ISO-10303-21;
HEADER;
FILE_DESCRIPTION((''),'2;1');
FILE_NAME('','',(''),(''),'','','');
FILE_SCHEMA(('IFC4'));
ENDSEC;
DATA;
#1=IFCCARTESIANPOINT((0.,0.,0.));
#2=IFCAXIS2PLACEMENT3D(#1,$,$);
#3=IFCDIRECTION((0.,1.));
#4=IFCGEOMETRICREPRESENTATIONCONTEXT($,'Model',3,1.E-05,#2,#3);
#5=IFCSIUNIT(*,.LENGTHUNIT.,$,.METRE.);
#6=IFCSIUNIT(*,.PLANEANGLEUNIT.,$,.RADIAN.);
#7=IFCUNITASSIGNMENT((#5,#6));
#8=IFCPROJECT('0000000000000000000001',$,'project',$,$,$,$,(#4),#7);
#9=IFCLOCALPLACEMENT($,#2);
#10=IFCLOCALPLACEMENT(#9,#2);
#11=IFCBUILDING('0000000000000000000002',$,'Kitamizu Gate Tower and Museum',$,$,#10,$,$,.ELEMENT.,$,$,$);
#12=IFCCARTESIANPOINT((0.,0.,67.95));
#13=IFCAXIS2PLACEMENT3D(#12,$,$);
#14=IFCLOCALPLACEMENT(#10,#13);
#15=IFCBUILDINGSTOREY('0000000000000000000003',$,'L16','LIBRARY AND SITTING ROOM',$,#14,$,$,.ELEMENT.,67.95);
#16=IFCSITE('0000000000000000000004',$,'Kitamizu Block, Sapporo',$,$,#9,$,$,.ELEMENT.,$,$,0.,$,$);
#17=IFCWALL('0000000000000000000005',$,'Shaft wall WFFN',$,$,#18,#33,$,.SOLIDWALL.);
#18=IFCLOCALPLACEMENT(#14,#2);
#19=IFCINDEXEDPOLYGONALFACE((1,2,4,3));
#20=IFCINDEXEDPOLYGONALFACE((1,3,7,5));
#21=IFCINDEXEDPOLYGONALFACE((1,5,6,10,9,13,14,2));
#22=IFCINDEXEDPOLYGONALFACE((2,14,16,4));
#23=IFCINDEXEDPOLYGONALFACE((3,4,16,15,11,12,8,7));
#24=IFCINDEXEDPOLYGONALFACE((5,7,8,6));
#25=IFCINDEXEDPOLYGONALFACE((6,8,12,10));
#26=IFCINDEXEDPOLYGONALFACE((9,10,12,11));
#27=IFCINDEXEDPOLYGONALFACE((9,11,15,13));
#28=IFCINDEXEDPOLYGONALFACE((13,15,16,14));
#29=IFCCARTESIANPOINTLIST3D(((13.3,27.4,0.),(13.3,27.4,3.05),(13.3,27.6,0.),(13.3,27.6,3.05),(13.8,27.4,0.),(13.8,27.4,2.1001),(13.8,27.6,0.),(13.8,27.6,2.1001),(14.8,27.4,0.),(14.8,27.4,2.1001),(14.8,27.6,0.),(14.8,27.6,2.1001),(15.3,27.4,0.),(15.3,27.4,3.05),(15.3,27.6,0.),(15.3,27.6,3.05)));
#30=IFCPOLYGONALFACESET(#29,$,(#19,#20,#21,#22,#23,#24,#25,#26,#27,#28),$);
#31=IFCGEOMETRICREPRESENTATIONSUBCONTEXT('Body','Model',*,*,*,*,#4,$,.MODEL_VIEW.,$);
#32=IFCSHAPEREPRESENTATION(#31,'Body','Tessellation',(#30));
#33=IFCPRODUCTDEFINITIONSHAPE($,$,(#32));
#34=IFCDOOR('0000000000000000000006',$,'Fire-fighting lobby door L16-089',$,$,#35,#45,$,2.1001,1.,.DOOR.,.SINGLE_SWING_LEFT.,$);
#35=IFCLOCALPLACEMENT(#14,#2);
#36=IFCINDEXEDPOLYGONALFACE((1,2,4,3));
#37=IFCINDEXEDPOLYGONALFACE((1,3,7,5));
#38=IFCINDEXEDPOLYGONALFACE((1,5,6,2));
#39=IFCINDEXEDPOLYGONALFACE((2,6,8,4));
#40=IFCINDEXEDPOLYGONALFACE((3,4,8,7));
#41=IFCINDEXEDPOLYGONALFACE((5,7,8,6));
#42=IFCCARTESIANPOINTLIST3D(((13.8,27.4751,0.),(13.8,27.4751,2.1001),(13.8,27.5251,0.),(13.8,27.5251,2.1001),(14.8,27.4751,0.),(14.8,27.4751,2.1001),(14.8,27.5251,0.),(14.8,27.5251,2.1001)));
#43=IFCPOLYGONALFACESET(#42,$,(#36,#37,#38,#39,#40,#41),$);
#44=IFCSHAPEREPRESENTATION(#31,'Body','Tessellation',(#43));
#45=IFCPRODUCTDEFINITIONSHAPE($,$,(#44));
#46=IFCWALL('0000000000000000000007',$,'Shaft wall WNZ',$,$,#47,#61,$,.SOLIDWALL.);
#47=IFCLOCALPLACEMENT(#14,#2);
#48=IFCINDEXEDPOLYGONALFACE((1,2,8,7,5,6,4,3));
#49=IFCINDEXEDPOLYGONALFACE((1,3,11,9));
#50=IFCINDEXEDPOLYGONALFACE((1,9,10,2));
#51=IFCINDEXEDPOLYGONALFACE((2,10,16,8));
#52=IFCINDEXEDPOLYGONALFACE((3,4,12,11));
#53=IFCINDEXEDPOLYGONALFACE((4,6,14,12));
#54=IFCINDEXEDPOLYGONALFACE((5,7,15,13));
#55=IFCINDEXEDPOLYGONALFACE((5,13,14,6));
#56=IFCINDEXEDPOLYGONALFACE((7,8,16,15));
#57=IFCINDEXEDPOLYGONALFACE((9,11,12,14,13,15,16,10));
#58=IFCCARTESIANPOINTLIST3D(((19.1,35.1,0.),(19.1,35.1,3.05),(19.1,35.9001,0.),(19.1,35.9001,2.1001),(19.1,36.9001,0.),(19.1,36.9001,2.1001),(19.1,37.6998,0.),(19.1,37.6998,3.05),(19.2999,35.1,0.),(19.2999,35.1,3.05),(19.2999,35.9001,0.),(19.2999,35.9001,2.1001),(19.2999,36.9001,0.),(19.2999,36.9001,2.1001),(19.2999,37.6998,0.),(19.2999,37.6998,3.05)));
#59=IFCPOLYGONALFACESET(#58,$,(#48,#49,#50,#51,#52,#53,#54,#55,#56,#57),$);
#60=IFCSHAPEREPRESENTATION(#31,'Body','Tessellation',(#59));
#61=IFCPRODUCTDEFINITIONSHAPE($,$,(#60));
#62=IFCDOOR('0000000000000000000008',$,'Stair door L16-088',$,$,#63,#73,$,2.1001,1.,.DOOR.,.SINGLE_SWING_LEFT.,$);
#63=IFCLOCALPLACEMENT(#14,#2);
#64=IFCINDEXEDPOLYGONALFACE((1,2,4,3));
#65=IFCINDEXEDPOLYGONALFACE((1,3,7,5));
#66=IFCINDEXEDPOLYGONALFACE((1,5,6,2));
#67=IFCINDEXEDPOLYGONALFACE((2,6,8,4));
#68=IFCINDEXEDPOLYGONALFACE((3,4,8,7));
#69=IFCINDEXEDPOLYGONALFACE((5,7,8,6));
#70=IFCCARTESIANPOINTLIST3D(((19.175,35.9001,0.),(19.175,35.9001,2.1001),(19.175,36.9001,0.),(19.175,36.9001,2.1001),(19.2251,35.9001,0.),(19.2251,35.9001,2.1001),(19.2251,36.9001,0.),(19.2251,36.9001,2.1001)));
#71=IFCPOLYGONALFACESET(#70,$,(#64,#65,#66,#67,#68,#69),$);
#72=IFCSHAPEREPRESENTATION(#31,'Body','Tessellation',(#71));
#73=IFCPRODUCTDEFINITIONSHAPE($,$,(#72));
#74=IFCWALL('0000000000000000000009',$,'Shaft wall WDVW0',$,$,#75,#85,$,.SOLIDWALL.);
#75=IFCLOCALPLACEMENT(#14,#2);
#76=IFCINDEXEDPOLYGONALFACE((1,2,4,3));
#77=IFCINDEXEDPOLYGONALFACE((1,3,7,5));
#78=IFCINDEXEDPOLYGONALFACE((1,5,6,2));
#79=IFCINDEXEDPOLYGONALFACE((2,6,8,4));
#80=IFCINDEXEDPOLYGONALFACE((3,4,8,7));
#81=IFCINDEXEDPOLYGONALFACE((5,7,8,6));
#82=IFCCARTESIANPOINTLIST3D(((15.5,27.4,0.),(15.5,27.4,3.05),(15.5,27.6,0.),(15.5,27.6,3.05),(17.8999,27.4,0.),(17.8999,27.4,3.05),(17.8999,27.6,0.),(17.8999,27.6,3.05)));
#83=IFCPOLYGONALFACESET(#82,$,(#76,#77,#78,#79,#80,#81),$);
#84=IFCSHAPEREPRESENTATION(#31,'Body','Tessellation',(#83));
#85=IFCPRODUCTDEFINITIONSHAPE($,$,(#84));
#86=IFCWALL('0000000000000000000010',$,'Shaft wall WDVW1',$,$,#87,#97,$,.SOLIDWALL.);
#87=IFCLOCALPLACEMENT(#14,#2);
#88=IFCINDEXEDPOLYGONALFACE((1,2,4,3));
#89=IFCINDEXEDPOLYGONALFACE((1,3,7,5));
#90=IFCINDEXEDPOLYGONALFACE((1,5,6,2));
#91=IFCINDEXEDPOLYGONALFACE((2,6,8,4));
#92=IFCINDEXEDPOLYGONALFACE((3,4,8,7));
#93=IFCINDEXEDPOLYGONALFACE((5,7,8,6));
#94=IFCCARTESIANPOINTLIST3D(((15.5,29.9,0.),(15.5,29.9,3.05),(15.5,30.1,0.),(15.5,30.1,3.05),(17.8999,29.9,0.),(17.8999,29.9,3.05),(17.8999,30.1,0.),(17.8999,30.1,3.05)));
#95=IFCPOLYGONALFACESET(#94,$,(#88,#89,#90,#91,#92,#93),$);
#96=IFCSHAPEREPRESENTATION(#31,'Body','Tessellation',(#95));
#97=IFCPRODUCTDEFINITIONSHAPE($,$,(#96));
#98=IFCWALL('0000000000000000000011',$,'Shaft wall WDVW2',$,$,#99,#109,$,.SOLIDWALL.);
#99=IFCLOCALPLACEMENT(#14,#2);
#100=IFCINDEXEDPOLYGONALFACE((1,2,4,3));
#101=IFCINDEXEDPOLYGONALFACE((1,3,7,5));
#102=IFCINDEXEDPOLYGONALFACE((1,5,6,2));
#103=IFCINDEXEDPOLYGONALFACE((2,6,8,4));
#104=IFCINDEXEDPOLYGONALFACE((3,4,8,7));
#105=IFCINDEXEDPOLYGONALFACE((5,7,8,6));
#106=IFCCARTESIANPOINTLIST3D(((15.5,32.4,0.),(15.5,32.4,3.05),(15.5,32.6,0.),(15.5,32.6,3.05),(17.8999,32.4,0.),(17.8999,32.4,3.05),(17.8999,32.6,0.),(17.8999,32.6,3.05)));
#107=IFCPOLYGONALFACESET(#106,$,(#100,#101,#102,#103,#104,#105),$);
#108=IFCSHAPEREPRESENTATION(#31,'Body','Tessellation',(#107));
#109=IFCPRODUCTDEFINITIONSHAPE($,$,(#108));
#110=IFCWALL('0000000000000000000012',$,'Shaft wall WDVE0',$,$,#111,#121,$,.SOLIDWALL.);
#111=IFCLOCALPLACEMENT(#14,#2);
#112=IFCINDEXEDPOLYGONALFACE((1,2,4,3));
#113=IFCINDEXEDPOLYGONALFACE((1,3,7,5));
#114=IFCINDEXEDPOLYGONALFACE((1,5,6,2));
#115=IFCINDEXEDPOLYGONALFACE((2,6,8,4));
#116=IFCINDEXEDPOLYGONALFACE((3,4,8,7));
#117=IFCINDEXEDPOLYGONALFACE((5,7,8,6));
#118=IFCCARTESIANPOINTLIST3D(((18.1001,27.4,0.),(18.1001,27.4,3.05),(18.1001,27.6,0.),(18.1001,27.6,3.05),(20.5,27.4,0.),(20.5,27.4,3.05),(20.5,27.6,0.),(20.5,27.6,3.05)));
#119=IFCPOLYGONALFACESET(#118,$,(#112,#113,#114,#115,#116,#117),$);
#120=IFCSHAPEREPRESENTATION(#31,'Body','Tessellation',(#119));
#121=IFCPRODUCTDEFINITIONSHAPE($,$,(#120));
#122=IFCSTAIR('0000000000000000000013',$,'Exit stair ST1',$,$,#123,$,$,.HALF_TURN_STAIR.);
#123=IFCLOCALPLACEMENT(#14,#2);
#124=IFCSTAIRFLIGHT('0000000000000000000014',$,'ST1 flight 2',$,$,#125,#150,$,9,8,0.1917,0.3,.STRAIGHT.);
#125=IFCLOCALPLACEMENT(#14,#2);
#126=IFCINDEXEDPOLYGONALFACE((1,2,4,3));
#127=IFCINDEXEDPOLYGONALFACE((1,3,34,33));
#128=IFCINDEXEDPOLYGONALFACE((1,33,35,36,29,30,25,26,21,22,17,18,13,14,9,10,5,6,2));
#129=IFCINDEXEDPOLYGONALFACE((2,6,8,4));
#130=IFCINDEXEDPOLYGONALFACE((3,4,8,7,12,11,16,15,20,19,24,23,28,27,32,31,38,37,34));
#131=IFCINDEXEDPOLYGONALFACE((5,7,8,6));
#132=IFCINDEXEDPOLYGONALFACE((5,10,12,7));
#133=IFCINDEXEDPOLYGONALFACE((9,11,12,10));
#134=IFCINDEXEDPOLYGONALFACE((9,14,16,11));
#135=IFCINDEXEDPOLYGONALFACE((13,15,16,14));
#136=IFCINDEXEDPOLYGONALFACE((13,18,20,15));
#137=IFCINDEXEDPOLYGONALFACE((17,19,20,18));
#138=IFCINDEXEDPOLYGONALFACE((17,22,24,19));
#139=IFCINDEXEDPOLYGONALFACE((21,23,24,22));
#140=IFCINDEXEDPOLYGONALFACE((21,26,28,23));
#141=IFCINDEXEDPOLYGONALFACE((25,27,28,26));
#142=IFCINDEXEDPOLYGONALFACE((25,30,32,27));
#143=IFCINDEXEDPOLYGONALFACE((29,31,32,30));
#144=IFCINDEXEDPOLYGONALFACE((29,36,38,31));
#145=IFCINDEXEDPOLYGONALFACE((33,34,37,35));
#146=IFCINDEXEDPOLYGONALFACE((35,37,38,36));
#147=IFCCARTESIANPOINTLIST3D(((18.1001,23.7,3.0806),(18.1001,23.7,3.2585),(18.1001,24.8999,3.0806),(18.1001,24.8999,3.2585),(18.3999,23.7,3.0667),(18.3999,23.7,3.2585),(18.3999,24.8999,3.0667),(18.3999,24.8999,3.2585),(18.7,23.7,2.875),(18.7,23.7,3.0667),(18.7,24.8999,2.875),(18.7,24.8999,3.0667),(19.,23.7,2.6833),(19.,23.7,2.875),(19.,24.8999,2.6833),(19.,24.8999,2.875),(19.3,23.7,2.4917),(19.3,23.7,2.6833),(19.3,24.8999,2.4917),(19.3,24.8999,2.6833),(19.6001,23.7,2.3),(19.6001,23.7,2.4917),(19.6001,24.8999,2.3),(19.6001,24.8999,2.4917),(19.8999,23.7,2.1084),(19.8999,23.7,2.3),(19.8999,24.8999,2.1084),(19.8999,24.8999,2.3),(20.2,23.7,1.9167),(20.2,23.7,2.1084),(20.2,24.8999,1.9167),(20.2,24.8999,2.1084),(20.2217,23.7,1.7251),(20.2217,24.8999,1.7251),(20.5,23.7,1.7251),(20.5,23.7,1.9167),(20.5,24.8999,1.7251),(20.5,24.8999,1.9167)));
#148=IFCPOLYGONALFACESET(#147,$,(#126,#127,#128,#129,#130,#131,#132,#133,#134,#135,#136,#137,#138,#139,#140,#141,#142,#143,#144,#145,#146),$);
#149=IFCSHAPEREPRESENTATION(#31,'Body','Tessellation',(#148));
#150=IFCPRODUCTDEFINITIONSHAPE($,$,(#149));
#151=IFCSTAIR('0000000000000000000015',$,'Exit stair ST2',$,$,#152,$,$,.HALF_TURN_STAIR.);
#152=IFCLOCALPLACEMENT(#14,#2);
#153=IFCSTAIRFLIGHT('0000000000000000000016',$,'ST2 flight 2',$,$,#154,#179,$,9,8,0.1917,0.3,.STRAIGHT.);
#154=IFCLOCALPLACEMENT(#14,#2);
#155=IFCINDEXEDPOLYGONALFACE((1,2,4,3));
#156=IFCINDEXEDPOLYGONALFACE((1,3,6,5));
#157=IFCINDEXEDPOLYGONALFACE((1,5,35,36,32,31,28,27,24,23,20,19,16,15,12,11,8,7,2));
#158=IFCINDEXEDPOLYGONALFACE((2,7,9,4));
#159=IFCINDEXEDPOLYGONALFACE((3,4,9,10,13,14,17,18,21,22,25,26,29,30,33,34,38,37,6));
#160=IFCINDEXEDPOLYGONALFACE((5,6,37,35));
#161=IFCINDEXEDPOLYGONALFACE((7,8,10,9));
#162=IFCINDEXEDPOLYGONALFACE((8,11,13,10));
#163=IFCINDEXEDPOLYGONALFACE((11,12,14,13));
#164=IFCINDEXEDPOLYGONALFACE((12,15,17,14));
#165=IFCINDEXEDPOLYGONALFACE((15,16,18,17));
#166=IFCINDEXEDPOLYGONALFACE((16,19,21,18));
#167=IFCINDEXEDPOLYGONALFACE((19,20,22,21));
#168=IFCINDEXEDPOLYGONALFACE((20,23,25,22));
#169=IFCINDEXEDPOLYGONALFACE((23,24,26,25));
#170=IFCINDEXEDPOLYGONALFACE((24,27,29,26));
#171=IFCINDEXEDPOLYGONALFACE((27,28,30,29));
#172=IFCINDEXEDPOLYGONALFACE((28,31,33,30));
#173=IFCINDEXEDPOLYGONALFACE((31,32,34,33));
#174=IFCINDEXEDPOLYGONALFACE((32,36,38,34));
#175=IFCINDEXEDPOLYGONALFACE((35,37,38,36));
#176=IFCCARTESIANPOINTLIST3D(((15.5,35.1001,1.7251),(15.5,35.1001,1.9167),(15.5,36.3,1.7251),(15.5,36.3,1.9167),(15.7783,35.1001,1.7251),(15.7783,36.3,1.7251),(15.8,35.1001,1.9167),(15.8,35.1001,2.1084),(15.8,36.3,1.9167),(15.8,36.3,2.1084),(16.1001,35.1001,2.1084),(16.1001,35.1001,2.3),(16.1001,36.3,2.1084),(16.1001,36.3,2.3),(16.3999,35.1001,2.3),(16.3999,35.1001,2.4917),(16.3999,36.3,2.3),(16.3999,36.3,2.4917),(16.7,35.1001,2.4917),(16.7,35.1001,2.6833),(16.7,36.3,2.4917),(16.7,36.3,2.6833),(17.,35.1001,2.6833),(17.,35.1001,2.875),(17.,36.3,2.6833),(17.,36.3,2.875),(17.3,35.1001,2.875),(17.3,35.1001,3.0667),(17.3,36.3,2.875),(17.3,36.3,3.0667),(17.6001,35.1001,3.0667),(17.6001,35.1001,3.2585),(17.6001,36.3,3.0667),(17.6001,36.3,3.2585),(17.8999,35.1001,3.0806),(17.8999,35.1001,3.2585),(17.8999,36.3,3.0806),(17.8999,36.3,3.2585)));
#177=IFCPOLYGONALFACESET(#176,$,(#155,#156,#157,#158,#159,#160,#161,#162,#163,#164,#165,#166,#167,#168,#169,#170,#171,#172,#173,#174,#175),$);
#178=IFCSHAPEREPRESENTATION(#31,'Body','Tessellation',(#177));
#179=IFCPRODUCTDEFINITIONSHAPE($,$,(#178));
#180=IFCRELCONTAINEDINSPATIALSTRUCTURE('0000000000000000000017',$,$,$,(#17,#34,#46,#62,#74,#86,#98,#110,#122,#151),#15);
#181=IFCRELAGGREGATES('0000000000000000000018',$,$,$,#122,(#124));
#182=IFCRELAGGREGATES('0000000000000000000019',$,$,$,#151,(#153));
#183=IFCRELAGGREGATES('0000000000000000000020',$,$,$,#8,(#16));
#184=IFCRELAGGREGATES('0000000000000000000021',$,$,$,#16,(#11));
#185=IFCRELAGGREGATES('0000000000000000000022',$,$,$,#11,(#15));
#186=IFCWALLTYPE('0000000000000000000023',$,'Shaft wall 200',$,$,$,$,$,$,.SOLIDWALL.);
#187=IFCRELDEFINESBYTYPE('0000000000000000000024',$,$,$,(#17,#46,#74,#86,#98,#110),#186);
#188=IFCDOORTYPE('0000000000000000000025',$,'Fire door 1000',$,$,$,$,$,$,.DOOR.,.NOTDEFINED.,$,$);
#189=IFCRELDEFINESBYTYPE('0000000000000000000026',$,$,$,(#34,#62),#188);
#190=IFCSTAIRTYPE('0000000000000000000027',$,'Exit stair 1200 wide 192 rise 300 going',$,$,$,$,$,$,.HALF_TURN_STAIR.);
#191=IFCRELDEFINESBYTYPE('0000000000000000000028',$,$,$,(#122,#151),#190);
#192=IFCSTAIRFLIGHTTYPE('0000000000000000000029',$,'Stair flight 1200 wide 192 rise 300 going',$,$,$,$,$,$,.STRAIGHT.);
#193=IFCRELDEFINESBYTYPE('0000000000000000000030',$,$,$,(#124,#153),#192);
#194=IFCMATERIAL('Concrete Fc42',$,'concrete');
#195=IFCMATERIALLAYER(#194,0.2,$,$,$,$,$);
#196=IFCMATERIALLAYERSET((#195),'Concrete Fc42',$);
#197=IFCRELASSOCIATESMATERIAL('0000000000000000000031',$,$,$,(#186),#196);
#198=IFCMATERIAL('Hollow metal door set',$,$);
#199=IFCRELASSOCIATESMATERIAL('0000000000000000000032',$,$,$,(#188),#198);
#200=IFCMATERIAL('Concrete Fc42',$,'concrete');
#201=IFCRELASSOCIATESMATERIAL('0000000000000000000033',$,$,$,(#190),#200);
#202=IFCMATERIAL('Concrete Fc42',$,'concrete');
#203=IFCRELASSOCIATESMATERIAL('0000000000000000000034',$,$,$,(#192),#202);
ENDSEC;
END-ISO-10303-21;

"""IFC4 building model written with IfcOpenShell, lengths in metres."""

from ifc_helpers import new_model, si_unit, direction, frame, frame_2d, origin, place, context, subcontext, project, spatial, polyline, rectangle, outline, extrude, material, layer, layer_set, type_object, element, fill, aggregate, save


model = new_model("IFC4")

# Units and contexts
model_context = context("Model", 3, precision=1e-05, world=origin(), true_north=direction((0.0, 1.0)))
body_context = subcontext(model_context, "Body", "Model", "MODEL_VIEW")
ifc_project = project(units=[si_unit("LENGTHUNIT", "METRE"), si_unit("PLANEANGLEUNIT", "RADIAN")], contexts=[model_context])

# Site, building, storey
site_placement = place(None, origin())
site = spatial("IfcSite", under=ifc_project, at=site_placement, Name="Kitamizu Block, Sapporo", CompositionType="ELEMENT", RefElevation=0.0)
building_placement = place(site_placement, origin())
building = spatial("IfcBuilding", under=site, at=building_placement, Name="Kitamizu Gate Tower and Museum", CompositionType="ELEMENT")
storey_placement = place(building_placement, frame((0.0, 0.0, 67.95)))
storey = spatial("IfcBuildingStorey", under=building, at=storey_placement, Name="L16", Description="LIBRARY AND SITTING ROOM", CompositionType="ELEMENT", Elevation=67.95)

# Shared definitions
ifc_material_1 = material(Name="Concrete Fc42", Category="concrete")
ifc_layer_1 = layer(ifc_material_1, 0.2)
ifc_layer_set_1 = layer_set([ifc_layer_1], Name="Concrete Fc42")
wall_type_1 = type_object("IfcWallType", Name="Shaft wall 200", PredefinedType="SOLIDWALL", material=ifc_layer_set_1)

# Walls, openings, doors
wall_1_placement = place(storey_placement, frame((13.3, 27.5, 0.0), z_axis=(0.0, 0.0, 1.0), x_axis=(1.0, 0.0, 0.0)))
wall_1 = element("IfcWall", 1, at=wall_1_placement, inside=storey, type_object=wall_type_1, Name="Shaft wall WFFN", PredefinedType="SOLIDWALL", context=body_context, shape_type="SweptSolid", body=[
    extrude(rectangle(XDim=2.0, YDim=0.2, at=frame_2d((1.0, 0.0))), origin(), (0.0, 0.0, 1.0), 3.05),
])
opening_1_placement = place(wall_1_placement, frame((0.5, 0.0, 0.0)))
opening_1 = element("IfcOpeningElement", 2, at=opening_1_placement, cuts=wall_1, PredefinedType="OPENING", context=body_context, shape_type="SweptSolid", body=[
    extrude(rectangle(XDim=1.0, YDim=2.1001, at=frame_2d((0.5, 1.05))), frame((0.0, 0.1099, 0.0), z_axis=(0.0, -1.0, 0.0), x_axis=(1.0, 0.0, 0.0)), (0.0, 0.0, 1.0), 0.22),
])
ifc_material_2 = material(Name="Hollow metal door set")
door_type_1 = type_object("IfcDoorType", Name="Fire door 1000", OperationType="NOTDEFINED", PredefinedType="DOOR", material=ifc_material_2)
door_1_placement = place(opening_1_placement, frame((1.0, 0.0, 0.0), x_axis=(-1.0, 0.0, 0.0)))
door_1 = element("IfcDoor", 3, at=door_1_placement, inside=storey, type_object=door_type_1, Name="Fire-fighting lobby door L16-089", OperationType="SINGLE_SWING_LEFT", OverallHeight=2.1001, OverallWidth=1.0, PredefinedType="DOOR", context=body_context, shape_type="SweptSolid", body=[
    extrude(rectangle(XDim=1.0, YDim=2.1001, at=frame_2d((0.5, 1.05))), frame((0.0, 0.0249, 0.0), z_axis=(0.0, -1.0, 0.0), x_axis=(1.0, 0.0, 0.0)), (0.0, 0.0, 1.0), 0.05),
])
fill(opening_1, door_1)
wall_2_placement = place(storey_placement, frame((19.2, 35.1001, 0.0), z_axis=(0.0, 0.0, 1.0), x_axis=(0.0, 1.0, 0.0)))
wall_2 = element("IfcWall", 4, at=wall_2_placement, inside=storey, type_object=wall_type_1, Name="Shaft wall WNZ", PredefinedType="SOLIDWALL", context=body_context, shape_type="SweptSolid", body=[
    extrude(rectangle(XDim=2.5999, YDim=0.2, at=frame_2d((1.2998, 0.0))), origin(), (0.0, 0.0, 1.0), 3.05),
])
opening_2_placement = place(wall_2_placement, frame((0.8, 0.0, 0.0)))
opening_2 = element("IfcOpeningElement", 5, at=opening_2_placement, cuts=wall_2, PredefinedType="OPENING", context=body_context, shape_type="SweptSolid", body=[
    extrude(rectangle(XDim=1.0, YDim=2.1001, at=frame_2d((0.5, 1.05))), frame((0.0, 0.1099, 0.0), z_axis=(0.0, -1.0, 0.0), x_axis=(1.0, 0.0, 0.0)), (0.0, 0.0, 1.0), 0.22),
])
door_2_placement = place(opening_2_placement, origin())
door_2 = element("IfcDoor", 6, at=door_2_placement, inside=storey, type_object=door_type_1, Name="Stair door L16-088", OperationType="SINGLE_SWING_LEFT", OverallHeight=2.1001, OverallWidth=1.0, PredefinedType="DOOR", context=body_context, shape_type="SweptSolid", body=[
    extrude(rectangle(XDim=1.0, YDim=2.1001, at=frame_2d((0.5, 1.05))), frame((0.0, 0.0249, 0.0), z_axis=(0.0, -1.0, 0.0), x_axis=(1.0, 0.0, 0.0)), (0.0, 0.0, 1.0), 0.05),
])
fill(opening_2, door_2)

# Walls
for number, where, z_axis, x_axis, name in (
    (7, (15.5, 27.5, 0.0), (0.0, 0.0, 1.0), (1.0, 0.0, 0.0), "Shaft wall WDVW0"),
    (8, (15.5, 30.0, 0.0), (0.0, 0.0, 1.0), (1.0, 0.0, 0.0), "Shaft wall WDVW1"),
    (9, (15.5, 32.5, 0.0), (0.0, 0.0, 1.0), (1.0, 0.0, 0.0), "Shaft wall WDVW2"),
    (10, (18.1001, 27.5, 0.0), (0.0, 0.0, 1.0), (1.0, 0.0, 0.0), "Shaft wall WDVE0"),
):
    element("IfcWall", number, at=place(storey_placement, frame(where, z_axis=z_axis, x_axis=x_axis)), inside=storey, type_object=wall_type_1, Name=name, PredefinedType="SOLIDWALL", context=body_context, shape_type="SweptSolid", body=[
        extrude(rectangle(XDim=2.3999, YDim=0.2, at=frame_2d((1.2, 0.0))), origin(), (0.0, 0.0, 1.0), 3.05),
    ])

# Stairs, stair flights
ifc_material_3 = material(Name="Concrete Fc42", Category="concrete")
stair_type = type_object("IfcStairType", Name="Exit stair 1200 wide 192 rise 300 going", PredefinedType="HALF_TURN_STAIR", material=ifc_material_3)
stair_1_placement = place(storey_placement, origin())
stair_1 = element("IfcStair", 11, at=stair_1_placement, inside=storey, type_object=stair_type, Name="Exit stair ST1", PredefinedType="HALF_TURN_STAIR")
ifc_material_4 = material(Name="Concrete Fc42", Category="concrete")
stair_flight_type = type_object("IfcStairFlightType", Name="Stair flight 1200 wide 192 rise 300 going", PredefinedType="STRAIGHT", material=ifc_material_4)
stair_flight_1_placement = place(storey_placement, frame((20.5, 24.3, 1.7251), z_axis=(0.0, 0.0, 1.0), x_axis=(-1.0, 0.0, 0.0)))
stair_flight_1 = element("IfcStairFlight", 12, at=stair_flight_1_placement, type_object=stair_flight_type, Name="ST1 flight 2", NumberOfRisers=9, NumberOfTreads=8, PredefinedType="STRAIGHT", RiserHeight=0.1917, TreadLength=0.3, context=body_context, shape_type="SweptSolid", body=[
    extrude(outline(polyline([(0.0, 0.0), (0.0, 0.1917), (0.3, 0.1917), (0.3, 0.3833), (0.6001, 0.3833), (0.6001, 0.575), (0.8999, 0.575), (0.8999, 0.7666), (1.2, 0.7666), (1.2, 0.9583), (1.5, 0.9583), (1.5, 1.1499), (1.8, 1.1499), (1.8, 1.3416), (2.1001, 1.3416), (2.1001, 1.5334), (2.3999, 1.5334), (2.3999, 1.7251), (2.3999, 1.3555), (0.2783, 0.0), (0.0, 0.0)])), frame((0.0, 0.6001, 0.0), z_axis=(0.0, -1.0, 0.0), x_axis=(1.0, 0.0, 0.0)), (0.0, 0.0, 1.0), 1.2),
])
aggregate(stair_1, [stair_flight_1])
stair_2_placement = place(storey_placement, origin())
stair_2 = element("IfcStair", 13, at=stair_2_placement, inside=storey, type_object=stair_type, Name="Exit stair ST2", PredefinedType="HALF_TURN_STAIR")
stair_flight_2_placement = place(storey_placement, frame((15.5, 35.7, 1.7251), z_axis=(0.0, 0.0, 1.0), x_axis=(1.0, 0.0, 0.0)))
stair_flight_2 = element("IfcStairFlight", 14, at=stair_flight_2_placement, type_object=stair_flight_type, Name="ST2 flight 2", NumberOfRisers=9, NumberOfTreads=8, PredefinedType="STRAIGHT", RiserHeight=0.1917, TreadLength=0.3, context=body_context, shape_type="SweptSolid", body=[
    extrude(outline(polyline([(0.0, 0.0), (0.0, 0.1917), (0.3, 0.1917), (0.3, 0.3833), (0.6001, 0.3833), (0.6001, 0.575), (0.8999, 0.575), (0.8999, 0.7666), (1.2, 0.7666), (1.2, 0.9583), (1.5, 0.9583), (1.5, 1.1499), (1.8, 1.1499), (1.8, 1.3416), (2.1001, 1.3416), (2.1001, 1.5334), (2.3999, 1.5334), (2.3999, 1.7251), (2.3999, 1.3555), (0.2783, 0.0), (0.0, 0.0)])), frame((0.0, 0.6001, 0.0), z_axis=(0.0, -1.0, 0.0), x_axis=(1.0, 0.0, 0.0)), (0.0, 0.0, 1.0), 1.2),
])
aggregate(stair_2, [stair_flight_2])

save(model, "model.ifc")
